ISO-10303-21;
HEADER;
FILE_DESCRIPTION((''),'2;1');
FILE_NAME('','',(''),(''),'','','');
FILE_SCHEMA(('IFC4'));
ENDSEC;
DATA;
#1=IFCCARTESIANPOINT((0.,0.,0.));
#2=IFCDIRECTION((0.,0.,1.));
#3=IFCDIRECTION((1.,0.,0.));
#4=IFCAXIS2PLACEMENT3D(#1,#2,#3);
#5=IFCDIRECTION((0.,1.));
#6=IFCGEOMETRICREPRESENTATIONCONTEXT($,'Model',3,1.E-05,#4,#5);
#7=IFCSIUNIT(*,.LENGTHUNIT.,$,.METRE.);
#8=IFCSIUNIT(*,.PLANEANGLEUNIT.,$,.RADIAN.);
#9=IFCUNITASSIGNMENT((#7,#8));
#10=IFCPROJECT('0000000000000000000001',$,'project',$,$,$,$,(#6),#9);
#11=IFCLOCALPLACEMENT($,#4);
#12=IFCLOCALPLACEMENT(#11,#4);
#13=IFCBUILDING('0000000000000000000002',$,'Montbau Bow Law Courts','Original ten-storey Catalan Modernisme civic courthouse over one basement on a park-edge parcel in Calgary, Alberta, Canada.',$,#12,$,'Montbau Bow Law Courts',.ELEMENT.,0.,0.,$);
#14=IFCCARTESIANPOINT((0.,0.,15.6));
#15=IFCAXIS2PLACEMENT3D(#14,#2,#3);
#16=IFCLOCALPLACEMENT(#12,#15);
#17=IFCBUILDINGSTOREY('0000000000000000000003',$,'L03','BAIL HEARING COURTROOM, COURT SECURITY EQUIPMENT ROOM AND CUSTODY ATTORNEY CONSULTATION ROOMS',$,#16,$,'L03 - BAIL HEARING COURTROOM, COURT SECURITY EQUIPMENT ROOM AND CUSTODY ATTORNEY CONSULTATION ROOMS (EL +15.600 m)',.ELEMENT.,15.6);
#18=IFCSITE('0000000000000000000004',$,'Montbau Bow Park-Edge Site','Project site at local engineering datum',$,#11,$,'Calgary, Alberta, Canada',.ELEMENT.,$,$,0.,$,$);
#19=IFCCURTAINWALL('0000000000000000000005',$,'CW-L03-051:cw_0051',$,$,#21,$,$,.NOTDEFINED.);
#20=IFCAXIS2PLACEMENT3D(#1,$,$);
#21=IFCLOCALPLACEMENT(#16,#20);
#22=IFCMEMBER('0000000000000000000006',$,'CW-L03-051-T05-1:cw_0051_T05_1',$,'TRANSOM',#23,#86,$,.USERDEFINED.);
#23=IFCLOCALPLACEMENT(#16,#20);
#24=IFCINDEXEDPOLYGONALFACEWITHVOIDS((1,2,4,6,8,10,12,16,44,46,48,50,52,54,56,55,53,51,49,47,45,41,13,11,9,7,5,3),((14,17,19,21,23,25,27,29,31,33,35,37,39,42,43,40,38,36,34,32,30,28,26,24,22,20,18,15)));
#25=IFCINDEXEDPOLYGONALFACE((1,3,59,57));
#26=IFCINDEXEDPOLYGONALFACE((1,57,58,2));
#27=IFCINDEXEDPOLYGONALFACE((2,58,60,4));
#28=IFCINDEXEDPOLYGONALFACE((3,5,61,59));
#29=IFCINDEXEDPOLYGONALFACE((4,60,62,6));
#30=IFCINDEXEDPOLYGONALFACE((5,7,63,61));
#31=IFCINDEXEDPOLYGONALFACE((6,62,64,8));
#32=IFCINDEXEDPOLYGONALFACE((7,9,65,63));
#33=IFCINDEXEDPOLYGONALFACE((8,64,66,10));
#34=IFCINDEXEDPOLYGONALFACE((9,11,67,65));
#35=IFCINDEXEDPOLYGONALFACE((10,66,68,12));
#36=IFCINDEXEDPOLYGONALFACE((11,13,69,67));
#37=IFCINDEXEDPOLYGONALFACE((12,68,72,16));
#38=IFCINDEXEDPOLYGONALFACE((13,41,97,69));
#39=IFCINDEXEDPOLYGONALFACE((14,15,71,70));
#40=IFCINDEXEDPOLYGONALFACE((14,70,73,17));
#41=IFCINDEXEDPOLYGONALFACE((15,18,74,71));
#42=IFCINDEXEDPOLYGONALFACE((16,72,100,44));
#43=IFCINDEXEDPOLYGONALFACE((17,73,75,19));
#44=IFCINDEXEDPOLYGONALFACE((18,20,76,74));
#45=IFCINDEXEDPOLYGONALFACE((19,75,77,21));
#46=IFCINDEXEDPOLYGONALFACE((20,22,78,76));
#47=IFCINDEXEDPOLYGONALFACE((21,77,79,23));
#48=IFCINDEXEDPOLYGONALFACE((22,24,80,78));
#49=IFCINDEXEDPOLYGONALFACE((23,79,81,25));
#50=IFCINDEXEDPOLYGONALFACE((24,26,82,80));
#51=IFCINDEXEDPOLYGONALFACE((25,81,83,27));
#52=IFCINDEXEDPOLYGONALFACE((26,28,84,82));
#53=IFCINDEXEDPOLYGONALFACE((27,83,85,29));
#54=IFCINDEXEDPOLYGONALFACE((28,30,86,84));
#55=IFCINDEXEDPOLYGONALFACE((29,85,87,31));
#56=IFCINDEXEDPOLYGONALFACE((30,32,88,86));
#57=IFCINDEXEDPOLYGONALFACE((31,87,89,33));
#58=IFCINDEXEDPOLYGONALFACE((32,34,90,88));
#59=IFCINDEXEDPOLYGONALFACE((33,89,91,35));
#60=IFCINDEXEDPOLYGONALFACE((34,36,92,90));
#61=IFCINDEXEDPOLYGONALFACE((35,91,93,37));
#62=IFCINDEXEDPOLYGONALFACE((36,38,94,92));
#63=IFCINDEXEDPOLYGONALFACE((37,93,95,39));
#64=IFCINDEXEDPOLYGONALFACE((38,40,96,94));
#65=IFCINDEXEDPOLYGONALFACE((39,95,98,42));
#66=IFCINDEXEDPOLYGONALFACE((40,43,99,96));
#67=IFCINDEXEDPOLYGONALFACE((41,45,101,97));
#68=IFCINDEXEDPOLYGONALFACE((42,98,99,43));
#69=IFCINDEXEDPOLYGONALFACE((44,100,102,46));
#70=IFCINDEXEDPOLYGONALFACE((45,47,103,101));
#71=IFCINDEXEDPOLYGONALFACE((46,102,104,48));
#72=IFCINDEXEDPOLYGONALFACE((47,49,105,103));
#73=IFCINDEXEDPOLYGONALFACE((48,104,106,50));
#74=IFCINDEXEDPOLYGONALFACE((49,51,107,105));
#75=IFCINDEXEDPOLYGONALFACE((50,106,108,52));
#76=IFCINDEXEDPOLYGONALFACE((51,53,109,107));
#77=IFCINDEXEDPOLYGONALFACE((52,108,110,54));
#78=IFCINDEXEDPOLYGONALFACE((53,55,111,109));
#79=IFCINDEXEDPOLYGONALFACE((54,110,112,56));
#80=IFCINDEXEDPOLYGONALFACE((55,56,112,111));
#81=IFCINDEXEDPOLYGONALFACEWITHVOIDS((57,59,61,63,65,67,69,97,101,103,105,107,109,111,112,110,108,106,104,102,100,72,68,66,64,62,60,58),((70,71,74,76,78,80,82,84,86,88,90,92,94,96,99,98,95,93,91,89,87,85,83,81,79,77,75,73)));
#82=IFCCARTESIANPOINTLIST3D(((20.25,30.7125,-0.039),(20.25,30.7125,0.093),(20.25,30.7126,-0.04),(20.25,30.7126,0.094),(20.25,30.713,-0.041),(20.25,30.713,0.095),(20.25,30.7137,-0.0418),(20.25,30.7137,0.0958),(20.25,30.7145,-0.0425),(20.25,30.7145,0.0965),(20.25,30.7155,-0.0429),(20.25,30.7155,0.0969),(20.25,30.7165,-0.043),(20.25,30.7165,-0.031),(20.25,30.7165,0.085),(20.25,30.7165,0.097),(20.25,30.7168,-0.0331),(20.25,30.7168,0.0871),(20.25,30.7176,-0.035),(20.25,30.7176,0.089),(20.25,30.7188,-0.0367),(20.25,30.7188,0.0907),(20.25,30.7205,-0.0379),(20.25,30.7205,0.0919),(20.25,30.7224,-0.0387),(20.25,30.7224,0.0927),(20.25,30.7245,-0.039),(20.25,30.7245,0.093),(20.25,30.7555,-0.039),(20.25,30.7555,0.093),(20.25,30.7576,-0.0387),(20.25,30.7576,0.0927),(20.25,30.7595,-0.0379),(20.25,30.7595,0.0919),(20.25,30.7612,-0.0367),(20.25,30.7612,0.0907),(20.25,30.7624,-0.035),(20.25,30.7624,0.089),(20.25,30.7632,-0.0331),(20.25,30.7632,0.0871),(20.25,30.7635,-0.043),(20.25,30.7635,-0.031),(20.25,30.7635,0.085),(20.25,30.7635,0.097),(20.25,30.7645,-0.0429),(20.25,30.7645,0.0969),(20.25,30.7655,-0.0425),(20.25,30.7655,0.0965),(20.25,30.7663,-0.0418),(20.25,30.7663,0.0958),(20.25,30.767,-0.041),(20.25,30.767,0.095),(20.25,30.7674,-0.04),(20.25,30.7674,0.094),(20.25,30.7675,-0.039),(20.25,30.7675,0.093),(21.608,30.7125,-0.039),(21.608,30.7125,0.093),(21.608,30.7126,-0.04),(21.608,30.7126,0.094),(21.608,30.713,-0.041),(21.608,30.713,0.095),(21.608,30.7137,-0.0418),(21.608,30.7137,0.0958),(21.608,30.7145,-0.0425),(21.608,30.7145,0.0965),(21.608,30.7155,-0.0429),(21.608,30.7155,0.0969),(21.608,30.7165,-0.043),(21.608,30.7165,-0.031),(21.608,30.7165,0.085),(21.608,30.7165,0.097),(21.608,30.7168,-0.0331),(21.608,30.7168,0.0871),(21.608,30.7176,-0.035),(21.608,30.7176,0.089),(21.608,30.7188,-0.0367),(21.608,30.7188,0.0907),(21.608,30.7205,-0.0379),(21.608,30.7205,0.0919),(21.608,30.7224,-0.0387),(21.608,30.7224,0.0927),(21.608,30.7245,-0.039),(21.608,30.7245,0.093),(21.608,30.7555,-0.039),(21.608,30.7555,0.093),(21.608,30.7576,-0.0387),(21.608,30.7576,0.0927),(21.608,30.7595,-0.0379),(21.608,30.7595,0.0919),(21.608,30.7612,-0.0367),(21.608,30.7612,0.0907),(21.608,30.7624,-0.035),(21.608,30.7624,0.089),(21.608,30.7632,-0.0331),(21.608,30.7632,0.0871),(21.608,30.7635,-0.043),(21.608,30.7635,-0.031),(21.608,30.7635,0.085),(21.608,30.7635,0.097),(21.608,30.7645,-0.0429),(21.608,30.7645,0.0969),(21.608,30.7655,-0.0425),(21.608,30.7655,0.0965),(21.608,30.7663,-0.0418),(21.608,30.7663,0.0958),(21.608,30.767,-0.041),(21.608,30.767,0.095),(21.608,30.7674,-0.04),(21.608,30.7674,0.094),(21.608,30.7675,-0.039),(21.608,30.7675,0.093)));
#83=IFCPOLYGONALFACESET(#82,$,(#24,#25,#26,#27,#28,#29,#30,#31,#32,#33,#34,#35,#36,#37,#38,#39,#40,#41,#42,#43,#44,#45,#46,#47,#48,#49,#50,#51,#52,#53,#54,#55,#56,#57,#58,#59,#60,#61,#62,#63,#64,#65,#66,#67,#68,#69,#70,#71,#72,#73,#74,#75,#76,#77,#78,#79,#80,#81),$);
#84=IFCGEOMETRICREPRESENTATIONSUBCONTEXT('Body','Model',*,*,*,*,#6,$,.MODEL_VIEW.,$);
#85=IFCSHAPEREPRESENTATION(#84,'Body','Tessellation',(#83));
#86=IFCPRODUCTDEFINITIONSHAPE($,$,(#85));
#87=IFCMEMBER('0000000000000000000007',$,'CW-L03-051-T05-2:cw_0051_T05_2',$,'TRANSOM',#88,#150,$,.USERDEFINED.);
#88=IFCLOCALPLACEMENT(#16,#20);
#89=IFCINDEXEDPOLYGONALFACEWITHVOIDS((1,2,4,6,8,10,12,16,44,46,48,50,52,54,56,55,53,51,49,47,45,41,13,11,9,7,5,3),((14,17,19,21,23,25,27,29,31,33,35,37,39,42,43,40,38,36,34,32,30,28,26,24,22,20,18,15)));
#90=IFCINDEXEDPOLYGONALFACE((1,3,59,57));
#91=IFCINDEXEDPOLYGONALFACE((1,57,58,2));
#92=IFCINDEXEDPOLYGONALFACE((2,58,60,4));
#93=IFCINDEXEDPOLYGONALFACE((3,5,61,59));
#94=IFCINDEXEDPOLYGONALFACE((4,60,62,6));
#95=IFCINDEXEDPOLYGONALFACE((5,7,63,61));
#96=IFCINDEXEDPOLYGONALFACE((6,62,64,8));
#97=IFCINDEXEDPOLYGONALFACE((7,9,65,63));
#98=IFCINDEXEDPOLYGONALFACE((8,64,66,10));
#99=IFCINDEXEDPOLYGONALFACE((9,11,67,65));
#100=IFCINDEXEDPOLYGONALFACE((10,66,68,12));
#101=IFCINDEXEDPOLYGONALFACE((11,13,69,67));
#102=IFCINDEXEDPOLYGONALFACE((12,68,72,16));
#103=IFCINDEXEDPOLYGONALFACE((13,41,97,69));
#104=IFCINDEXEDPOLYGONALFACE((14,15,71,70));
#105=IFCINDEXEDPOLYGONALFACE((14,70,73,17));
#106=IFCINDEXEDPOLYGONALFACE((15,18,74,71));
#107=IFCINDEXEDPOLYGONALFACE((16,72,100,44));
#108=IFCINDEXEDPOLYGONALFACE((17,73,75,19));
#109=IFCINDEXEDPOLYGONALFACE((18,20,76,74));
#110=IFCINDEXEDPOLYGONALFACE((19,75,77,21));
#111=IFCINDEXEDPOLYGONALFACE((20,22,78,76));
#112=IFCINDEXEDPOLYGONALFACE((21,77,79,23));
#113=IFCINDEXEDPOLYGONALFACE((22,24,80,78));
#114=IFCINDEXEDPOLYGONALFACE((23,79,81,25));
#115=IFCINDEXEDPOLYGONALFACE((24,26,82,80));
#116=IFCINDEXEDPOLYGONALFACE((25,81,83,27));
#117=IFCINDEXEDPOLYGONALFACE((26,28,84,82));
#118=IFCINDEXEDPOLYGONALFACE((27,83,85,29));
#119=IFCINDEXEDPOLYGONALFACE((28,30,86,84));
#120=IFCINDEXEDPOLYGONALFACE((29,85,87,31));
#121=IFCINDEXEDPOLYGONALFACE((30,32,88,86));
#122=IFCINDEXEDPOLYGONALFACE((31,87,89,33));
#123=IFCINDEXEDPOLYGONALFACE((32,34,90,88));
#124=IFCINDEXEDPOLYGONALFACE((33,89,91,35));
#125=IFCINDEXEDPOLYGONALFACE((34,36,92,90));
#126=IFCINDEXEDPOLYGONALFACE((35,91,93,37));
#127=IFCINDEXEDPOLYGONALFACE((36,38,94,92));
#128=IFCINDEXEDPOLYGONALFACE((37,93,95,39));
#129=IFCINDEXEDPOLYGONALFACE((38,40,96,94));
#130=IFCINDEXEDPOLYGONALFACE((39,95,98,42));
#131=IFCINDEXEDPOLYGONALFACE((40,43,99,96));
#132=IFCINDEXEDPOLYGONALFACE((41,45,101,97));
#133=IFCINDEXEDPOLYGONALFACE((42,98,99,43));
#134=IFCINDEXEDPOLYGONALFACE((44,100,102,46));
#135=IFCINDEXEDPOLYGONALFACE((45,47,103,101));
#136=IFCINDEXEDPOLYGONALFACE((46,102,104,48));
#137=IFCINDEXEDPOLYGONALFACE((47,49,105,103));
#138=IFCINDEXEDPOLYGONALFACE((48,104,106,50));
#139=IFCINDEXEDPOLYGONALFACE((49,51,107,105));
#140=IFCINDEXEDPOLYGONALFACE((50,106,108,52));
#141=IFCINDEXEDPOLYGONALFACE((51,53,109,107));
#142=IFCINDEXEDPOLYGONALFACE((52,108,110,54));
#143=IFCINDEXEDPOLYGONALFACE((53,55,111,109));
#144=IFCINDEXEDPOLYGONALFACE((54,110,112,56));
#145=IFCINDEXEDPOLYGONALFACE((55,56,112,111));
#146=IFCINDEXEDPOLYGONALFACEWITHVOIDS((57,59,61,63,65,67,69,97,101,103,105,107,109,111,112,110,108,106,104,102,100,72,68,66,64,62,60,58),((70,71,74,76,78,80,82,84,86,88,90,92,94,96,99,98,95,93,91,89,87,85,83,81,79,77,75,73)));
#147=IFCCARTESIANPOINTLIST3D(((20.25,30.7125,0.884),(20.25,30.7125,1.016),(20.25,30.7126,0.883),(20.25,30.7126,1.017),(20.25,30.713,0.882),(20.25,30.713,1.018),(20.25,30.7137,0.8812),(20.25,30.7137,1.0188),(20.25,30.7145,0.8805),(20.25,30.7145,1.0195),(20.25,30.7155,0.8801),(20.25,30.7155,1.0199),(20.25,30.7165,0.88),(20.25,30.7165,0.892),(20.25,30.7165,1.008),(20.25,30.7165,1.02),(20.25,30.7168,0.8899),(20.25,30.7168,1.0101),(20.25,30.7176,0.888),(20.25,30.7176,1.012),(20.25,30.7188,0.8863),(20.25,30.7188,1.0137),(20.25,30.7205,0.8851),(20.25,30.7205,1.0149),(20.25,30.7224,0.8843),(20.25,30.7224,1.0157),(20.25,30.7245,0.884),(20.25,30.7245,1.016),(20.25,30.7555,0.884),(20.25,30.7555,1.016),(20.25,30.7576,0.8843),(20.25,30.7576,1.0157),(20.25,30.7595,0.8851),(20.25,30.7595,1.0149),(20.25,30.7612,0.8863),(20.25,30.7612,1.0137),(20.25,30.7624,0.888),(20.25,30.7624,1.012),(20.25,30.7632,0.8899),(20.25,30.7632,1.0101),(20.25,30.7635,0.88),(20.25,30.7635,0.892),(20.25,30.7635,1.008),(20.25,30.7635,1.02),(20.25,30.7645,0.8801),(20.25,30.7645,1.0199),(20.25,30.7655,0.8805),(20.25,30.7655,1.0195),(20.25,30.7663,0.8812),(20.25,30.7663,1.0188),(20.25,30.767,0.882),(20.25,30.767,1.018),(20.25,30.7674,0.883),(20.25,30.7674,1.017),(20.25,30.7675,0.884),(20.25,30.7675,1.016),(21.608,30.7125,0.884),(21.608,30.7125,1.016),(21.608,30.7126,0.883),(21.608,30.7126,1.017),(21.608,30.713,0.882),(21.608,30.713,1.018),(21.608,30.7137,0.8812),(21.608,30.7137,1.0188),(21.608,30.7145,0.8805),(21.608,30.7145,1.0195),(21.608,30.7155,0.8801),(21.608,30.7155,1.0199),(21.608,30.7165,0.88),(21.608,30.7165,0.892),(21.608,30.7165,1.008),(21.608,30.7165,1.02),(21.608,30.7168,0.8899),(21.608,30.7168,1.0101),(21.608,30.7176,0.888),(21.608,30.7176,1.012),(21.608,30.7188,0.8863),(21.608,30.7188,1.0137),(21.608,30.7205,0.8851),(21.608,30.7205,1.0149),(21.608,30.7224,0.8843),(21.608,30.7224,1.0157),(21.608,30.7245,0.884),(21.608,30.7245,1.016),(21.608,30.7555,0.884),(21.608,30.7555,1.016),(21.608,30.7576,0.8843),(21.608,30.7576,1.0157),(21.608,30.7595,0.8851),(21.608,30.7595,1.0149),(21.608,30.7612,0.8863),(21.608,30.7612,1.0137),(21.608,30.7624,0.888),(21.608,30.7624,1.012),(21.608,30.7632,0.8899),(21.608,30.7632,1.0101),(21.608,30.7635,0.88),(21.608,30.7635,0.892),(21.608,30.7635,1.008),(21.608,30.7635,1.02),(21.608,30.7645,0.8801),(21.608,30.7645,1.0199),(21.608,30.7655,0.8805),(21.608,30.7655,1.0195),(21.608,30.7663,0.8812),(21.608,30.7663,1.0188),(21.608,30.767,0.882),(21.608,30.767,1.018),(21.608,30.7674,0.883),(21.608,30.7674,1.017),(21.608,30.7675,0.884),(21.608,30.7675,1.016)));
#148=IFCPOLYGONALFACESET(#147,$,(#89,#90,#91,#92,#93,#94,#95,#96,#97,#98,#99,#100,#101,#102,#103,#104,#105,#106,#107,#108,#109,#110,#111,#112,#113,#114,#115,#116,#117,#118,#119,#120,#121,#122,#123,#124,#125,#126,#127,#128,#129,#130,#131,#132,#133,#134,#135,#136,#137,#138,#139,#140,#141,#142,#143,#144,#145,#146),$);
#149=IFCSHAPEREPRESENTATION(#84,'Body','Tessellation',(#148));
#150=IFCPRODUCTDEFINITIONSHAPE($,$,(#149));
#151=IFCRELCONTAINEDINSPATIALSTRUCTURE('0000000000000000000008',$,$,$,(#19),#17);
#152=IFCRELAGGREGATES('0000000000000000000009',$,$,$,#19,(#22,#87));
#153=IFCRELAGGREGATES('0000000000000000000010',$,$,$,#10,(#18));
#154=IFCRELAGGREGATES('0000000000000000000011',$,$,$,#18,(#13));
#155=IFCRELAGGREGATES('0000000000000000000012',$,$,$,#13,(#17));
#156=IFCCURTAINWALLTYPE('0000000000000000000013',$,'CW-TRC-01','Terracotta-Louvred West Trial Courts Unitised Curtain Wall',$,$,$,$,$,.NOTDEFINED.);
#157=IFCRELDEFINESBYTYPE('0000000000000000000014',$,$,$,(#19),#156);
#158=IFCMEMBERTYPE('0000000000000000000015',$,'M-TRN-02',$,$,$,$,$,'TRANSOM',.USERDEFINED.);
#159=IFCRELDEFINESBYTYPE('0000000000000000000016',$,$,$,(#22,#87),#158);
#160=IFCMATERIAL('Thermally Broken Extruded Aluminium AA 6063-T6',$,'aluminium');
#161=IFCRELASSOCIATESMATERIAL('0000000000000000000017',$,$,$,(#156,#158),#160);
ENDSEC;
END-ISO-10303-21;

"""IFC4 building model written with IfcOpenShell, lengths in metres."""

from ifc_helpers import new_model, si_unit, direction, frame, origin_with_axes, origin_2d_with_axis, place, context, subcontext, project, spatial, hollow_rectangle, extrude, material, material_profile, profile_set, type_object, element, aggregate, save


model = new_model("IFC4")

# Units and contexts
model_context = context("Model", 3, precision=1e-05, world=origin_with_axes(), true_north=direction((0.0, 1.0)))
body_context = subcontext(model_context, "Body", "Model", "MODEL_VIEW")
ifc_project = project(units=[si_unit("LENGTHUNIT", "METRE"), si_unit("PLANEANGLEUNIT", "RADIAN")], contexts=[model_context])

# Site, building, storey
site_placement = place(None, origin_with_axes())
site = spatial("IfcSite", under=ifc_project, at=site_placement, Name="Montbau Bow Park-Edge Site", Description="Project site at local engineering datum", LongName="Calgary, Alberta, Canada", CompositionType="ELEMENT", RefElevation=0.0)
building_placement = place(site_placement, origin_with_axes())
building = spatial("IfcBuilding", under=site, at=building_placement, Name="Montbau Bow Law Courts", Description="Original ten-storey Catalan Modernisme civic courthouse over one basement on a park-edge parcel in Calgary, Alberta, Canada.", LongName="Montbau Bow Law Courts", CompositionType="ELEMENT", ElevationOfRefHeight=0.0, ElevationOfTerrain=0.0)
storey_placement = place(building_placement, frame((0.0, 0.0, 15.6), z_axis=(0.0, 0.0, 1.0), x_axis=(1.0, 0.0, 0.0)))
storey = spatial("IfcBuildingStorey", under=building, at=storey_placement, Name="L03", Description="BAIL HEARING COURTROOM, COURT SECURITY EQUIPMENT ROOM AND CUSTODY ATTORNEY CONSULTATION ROOMS", LongName="L03 - BAIL HEARING COURTROOM, COURT SECURITY EQUIPMENT ROOM AND CUSTODY ATTORNEY CONSULTATION ROOMS (EL +15.600 m)", CompositionType="ELEMENT", Elevation=15.6)

# Curtain wall
ifc_material_1 = material(Name="Thermally Broken Extruded Aluminium AA 6063-T6", Category="aluminium")
curtain_wall_type = type_object("IfcCurtainWallType", Name="CW-TRC-01", Description="Terracotta-Louvred West Trial Courts Unitised Curtain Wall", PredefinedType="NOTDEFINED", material=ifc_material_1)
curtain_wall_1_placement = place(None, frame((14.315, 30.74, 15.6), z_axis=(0.0, 0.0, 1.0), x_axis=(1.0, 0.0, 0.0)))
curtain_wall_1 = element("IfcCurtainWall", 1, at=curtain_wall_1_placement, inside=storey, type_object=curtain_wall_type, Name="CW-L03-051:cw_0051", PredefinedType="NOTDEFINED")

# Members
ifc_material_profile_1 = material_profile(ifc_material_1, hollow_rectangle(XDim=0.055, YDim=0.14, WallThickness=0.004, InnerFilletRadius=0.008, OuterFilletRadius=0.004, at=origin_2d_with_axis()), Name="CWT-140X55", Category="Main", Priority=0)
ifc_profile_set_1 = profile_set([ifc_material_profile_1], Name="Thermally Broken Extruded Aluminium AA 6063-T6")
member_type_1 = type_object("IfcMemberType", Name="M-TRN-02", ElementType="TRANSOM", PredefinedType="USERDEFINED", material=ifc_profile_set_1)
member_1_placement = place(None, frame((20.25, 30.74, 15.627), z_axis=(1.0, 0.0, 0.0), x_axis=(0.0, 1.0, 0.0)))
member_1 = element("IfcMember", 2, at=member_1_placement, type_object=member_type_1, Name="CW-L03-051-T05-1:cw_0051_T05_1", ObjectType="TRANSOM", PredefinedType="USERDEFINED", context=body_context, shape_type="SweptSolid", body=[
    extrude(hollow_rectangle(XDim=0.055, YDim=0.14, WallThickness=0.004, InnerFilletRadius=0.008, OuterFilletRadius=0.004, at=origin_2d_with_axis()), origin_with_axes(), (0.0, 0.0, 1.0), 1.358),
])
member_2_placement = place(None, frame((20.25, 30.74, 16.55), z_axis=(1.0, 0.0, 0.0), x_axis=(0.0, 1.0, 0.0)))
member_2 = element("IfcMember", 3, at=member_2_placement, type_object=member_type_1, Name="CW-L03-051-T05-2:cw_0051_T05_2", ObjectType="TRANSOM", PredefinedType="USERDEFINED", context=body_context, shape_type="SweptSolid", body=[
    extrude(hollow_rectangle(XDim=0.055, YDim=0.14, WallThickness=0.004, InnerFilletRadius=0.008, OuterFilletRadius=0.004, at=origin_2d_with_axis()), origin_with_axes(), (0.0, 0.0, 1.0), 1.358),
])

aggregate(curtain_wall_1, [member_1, member_2])

save(model, "model.ifc")
